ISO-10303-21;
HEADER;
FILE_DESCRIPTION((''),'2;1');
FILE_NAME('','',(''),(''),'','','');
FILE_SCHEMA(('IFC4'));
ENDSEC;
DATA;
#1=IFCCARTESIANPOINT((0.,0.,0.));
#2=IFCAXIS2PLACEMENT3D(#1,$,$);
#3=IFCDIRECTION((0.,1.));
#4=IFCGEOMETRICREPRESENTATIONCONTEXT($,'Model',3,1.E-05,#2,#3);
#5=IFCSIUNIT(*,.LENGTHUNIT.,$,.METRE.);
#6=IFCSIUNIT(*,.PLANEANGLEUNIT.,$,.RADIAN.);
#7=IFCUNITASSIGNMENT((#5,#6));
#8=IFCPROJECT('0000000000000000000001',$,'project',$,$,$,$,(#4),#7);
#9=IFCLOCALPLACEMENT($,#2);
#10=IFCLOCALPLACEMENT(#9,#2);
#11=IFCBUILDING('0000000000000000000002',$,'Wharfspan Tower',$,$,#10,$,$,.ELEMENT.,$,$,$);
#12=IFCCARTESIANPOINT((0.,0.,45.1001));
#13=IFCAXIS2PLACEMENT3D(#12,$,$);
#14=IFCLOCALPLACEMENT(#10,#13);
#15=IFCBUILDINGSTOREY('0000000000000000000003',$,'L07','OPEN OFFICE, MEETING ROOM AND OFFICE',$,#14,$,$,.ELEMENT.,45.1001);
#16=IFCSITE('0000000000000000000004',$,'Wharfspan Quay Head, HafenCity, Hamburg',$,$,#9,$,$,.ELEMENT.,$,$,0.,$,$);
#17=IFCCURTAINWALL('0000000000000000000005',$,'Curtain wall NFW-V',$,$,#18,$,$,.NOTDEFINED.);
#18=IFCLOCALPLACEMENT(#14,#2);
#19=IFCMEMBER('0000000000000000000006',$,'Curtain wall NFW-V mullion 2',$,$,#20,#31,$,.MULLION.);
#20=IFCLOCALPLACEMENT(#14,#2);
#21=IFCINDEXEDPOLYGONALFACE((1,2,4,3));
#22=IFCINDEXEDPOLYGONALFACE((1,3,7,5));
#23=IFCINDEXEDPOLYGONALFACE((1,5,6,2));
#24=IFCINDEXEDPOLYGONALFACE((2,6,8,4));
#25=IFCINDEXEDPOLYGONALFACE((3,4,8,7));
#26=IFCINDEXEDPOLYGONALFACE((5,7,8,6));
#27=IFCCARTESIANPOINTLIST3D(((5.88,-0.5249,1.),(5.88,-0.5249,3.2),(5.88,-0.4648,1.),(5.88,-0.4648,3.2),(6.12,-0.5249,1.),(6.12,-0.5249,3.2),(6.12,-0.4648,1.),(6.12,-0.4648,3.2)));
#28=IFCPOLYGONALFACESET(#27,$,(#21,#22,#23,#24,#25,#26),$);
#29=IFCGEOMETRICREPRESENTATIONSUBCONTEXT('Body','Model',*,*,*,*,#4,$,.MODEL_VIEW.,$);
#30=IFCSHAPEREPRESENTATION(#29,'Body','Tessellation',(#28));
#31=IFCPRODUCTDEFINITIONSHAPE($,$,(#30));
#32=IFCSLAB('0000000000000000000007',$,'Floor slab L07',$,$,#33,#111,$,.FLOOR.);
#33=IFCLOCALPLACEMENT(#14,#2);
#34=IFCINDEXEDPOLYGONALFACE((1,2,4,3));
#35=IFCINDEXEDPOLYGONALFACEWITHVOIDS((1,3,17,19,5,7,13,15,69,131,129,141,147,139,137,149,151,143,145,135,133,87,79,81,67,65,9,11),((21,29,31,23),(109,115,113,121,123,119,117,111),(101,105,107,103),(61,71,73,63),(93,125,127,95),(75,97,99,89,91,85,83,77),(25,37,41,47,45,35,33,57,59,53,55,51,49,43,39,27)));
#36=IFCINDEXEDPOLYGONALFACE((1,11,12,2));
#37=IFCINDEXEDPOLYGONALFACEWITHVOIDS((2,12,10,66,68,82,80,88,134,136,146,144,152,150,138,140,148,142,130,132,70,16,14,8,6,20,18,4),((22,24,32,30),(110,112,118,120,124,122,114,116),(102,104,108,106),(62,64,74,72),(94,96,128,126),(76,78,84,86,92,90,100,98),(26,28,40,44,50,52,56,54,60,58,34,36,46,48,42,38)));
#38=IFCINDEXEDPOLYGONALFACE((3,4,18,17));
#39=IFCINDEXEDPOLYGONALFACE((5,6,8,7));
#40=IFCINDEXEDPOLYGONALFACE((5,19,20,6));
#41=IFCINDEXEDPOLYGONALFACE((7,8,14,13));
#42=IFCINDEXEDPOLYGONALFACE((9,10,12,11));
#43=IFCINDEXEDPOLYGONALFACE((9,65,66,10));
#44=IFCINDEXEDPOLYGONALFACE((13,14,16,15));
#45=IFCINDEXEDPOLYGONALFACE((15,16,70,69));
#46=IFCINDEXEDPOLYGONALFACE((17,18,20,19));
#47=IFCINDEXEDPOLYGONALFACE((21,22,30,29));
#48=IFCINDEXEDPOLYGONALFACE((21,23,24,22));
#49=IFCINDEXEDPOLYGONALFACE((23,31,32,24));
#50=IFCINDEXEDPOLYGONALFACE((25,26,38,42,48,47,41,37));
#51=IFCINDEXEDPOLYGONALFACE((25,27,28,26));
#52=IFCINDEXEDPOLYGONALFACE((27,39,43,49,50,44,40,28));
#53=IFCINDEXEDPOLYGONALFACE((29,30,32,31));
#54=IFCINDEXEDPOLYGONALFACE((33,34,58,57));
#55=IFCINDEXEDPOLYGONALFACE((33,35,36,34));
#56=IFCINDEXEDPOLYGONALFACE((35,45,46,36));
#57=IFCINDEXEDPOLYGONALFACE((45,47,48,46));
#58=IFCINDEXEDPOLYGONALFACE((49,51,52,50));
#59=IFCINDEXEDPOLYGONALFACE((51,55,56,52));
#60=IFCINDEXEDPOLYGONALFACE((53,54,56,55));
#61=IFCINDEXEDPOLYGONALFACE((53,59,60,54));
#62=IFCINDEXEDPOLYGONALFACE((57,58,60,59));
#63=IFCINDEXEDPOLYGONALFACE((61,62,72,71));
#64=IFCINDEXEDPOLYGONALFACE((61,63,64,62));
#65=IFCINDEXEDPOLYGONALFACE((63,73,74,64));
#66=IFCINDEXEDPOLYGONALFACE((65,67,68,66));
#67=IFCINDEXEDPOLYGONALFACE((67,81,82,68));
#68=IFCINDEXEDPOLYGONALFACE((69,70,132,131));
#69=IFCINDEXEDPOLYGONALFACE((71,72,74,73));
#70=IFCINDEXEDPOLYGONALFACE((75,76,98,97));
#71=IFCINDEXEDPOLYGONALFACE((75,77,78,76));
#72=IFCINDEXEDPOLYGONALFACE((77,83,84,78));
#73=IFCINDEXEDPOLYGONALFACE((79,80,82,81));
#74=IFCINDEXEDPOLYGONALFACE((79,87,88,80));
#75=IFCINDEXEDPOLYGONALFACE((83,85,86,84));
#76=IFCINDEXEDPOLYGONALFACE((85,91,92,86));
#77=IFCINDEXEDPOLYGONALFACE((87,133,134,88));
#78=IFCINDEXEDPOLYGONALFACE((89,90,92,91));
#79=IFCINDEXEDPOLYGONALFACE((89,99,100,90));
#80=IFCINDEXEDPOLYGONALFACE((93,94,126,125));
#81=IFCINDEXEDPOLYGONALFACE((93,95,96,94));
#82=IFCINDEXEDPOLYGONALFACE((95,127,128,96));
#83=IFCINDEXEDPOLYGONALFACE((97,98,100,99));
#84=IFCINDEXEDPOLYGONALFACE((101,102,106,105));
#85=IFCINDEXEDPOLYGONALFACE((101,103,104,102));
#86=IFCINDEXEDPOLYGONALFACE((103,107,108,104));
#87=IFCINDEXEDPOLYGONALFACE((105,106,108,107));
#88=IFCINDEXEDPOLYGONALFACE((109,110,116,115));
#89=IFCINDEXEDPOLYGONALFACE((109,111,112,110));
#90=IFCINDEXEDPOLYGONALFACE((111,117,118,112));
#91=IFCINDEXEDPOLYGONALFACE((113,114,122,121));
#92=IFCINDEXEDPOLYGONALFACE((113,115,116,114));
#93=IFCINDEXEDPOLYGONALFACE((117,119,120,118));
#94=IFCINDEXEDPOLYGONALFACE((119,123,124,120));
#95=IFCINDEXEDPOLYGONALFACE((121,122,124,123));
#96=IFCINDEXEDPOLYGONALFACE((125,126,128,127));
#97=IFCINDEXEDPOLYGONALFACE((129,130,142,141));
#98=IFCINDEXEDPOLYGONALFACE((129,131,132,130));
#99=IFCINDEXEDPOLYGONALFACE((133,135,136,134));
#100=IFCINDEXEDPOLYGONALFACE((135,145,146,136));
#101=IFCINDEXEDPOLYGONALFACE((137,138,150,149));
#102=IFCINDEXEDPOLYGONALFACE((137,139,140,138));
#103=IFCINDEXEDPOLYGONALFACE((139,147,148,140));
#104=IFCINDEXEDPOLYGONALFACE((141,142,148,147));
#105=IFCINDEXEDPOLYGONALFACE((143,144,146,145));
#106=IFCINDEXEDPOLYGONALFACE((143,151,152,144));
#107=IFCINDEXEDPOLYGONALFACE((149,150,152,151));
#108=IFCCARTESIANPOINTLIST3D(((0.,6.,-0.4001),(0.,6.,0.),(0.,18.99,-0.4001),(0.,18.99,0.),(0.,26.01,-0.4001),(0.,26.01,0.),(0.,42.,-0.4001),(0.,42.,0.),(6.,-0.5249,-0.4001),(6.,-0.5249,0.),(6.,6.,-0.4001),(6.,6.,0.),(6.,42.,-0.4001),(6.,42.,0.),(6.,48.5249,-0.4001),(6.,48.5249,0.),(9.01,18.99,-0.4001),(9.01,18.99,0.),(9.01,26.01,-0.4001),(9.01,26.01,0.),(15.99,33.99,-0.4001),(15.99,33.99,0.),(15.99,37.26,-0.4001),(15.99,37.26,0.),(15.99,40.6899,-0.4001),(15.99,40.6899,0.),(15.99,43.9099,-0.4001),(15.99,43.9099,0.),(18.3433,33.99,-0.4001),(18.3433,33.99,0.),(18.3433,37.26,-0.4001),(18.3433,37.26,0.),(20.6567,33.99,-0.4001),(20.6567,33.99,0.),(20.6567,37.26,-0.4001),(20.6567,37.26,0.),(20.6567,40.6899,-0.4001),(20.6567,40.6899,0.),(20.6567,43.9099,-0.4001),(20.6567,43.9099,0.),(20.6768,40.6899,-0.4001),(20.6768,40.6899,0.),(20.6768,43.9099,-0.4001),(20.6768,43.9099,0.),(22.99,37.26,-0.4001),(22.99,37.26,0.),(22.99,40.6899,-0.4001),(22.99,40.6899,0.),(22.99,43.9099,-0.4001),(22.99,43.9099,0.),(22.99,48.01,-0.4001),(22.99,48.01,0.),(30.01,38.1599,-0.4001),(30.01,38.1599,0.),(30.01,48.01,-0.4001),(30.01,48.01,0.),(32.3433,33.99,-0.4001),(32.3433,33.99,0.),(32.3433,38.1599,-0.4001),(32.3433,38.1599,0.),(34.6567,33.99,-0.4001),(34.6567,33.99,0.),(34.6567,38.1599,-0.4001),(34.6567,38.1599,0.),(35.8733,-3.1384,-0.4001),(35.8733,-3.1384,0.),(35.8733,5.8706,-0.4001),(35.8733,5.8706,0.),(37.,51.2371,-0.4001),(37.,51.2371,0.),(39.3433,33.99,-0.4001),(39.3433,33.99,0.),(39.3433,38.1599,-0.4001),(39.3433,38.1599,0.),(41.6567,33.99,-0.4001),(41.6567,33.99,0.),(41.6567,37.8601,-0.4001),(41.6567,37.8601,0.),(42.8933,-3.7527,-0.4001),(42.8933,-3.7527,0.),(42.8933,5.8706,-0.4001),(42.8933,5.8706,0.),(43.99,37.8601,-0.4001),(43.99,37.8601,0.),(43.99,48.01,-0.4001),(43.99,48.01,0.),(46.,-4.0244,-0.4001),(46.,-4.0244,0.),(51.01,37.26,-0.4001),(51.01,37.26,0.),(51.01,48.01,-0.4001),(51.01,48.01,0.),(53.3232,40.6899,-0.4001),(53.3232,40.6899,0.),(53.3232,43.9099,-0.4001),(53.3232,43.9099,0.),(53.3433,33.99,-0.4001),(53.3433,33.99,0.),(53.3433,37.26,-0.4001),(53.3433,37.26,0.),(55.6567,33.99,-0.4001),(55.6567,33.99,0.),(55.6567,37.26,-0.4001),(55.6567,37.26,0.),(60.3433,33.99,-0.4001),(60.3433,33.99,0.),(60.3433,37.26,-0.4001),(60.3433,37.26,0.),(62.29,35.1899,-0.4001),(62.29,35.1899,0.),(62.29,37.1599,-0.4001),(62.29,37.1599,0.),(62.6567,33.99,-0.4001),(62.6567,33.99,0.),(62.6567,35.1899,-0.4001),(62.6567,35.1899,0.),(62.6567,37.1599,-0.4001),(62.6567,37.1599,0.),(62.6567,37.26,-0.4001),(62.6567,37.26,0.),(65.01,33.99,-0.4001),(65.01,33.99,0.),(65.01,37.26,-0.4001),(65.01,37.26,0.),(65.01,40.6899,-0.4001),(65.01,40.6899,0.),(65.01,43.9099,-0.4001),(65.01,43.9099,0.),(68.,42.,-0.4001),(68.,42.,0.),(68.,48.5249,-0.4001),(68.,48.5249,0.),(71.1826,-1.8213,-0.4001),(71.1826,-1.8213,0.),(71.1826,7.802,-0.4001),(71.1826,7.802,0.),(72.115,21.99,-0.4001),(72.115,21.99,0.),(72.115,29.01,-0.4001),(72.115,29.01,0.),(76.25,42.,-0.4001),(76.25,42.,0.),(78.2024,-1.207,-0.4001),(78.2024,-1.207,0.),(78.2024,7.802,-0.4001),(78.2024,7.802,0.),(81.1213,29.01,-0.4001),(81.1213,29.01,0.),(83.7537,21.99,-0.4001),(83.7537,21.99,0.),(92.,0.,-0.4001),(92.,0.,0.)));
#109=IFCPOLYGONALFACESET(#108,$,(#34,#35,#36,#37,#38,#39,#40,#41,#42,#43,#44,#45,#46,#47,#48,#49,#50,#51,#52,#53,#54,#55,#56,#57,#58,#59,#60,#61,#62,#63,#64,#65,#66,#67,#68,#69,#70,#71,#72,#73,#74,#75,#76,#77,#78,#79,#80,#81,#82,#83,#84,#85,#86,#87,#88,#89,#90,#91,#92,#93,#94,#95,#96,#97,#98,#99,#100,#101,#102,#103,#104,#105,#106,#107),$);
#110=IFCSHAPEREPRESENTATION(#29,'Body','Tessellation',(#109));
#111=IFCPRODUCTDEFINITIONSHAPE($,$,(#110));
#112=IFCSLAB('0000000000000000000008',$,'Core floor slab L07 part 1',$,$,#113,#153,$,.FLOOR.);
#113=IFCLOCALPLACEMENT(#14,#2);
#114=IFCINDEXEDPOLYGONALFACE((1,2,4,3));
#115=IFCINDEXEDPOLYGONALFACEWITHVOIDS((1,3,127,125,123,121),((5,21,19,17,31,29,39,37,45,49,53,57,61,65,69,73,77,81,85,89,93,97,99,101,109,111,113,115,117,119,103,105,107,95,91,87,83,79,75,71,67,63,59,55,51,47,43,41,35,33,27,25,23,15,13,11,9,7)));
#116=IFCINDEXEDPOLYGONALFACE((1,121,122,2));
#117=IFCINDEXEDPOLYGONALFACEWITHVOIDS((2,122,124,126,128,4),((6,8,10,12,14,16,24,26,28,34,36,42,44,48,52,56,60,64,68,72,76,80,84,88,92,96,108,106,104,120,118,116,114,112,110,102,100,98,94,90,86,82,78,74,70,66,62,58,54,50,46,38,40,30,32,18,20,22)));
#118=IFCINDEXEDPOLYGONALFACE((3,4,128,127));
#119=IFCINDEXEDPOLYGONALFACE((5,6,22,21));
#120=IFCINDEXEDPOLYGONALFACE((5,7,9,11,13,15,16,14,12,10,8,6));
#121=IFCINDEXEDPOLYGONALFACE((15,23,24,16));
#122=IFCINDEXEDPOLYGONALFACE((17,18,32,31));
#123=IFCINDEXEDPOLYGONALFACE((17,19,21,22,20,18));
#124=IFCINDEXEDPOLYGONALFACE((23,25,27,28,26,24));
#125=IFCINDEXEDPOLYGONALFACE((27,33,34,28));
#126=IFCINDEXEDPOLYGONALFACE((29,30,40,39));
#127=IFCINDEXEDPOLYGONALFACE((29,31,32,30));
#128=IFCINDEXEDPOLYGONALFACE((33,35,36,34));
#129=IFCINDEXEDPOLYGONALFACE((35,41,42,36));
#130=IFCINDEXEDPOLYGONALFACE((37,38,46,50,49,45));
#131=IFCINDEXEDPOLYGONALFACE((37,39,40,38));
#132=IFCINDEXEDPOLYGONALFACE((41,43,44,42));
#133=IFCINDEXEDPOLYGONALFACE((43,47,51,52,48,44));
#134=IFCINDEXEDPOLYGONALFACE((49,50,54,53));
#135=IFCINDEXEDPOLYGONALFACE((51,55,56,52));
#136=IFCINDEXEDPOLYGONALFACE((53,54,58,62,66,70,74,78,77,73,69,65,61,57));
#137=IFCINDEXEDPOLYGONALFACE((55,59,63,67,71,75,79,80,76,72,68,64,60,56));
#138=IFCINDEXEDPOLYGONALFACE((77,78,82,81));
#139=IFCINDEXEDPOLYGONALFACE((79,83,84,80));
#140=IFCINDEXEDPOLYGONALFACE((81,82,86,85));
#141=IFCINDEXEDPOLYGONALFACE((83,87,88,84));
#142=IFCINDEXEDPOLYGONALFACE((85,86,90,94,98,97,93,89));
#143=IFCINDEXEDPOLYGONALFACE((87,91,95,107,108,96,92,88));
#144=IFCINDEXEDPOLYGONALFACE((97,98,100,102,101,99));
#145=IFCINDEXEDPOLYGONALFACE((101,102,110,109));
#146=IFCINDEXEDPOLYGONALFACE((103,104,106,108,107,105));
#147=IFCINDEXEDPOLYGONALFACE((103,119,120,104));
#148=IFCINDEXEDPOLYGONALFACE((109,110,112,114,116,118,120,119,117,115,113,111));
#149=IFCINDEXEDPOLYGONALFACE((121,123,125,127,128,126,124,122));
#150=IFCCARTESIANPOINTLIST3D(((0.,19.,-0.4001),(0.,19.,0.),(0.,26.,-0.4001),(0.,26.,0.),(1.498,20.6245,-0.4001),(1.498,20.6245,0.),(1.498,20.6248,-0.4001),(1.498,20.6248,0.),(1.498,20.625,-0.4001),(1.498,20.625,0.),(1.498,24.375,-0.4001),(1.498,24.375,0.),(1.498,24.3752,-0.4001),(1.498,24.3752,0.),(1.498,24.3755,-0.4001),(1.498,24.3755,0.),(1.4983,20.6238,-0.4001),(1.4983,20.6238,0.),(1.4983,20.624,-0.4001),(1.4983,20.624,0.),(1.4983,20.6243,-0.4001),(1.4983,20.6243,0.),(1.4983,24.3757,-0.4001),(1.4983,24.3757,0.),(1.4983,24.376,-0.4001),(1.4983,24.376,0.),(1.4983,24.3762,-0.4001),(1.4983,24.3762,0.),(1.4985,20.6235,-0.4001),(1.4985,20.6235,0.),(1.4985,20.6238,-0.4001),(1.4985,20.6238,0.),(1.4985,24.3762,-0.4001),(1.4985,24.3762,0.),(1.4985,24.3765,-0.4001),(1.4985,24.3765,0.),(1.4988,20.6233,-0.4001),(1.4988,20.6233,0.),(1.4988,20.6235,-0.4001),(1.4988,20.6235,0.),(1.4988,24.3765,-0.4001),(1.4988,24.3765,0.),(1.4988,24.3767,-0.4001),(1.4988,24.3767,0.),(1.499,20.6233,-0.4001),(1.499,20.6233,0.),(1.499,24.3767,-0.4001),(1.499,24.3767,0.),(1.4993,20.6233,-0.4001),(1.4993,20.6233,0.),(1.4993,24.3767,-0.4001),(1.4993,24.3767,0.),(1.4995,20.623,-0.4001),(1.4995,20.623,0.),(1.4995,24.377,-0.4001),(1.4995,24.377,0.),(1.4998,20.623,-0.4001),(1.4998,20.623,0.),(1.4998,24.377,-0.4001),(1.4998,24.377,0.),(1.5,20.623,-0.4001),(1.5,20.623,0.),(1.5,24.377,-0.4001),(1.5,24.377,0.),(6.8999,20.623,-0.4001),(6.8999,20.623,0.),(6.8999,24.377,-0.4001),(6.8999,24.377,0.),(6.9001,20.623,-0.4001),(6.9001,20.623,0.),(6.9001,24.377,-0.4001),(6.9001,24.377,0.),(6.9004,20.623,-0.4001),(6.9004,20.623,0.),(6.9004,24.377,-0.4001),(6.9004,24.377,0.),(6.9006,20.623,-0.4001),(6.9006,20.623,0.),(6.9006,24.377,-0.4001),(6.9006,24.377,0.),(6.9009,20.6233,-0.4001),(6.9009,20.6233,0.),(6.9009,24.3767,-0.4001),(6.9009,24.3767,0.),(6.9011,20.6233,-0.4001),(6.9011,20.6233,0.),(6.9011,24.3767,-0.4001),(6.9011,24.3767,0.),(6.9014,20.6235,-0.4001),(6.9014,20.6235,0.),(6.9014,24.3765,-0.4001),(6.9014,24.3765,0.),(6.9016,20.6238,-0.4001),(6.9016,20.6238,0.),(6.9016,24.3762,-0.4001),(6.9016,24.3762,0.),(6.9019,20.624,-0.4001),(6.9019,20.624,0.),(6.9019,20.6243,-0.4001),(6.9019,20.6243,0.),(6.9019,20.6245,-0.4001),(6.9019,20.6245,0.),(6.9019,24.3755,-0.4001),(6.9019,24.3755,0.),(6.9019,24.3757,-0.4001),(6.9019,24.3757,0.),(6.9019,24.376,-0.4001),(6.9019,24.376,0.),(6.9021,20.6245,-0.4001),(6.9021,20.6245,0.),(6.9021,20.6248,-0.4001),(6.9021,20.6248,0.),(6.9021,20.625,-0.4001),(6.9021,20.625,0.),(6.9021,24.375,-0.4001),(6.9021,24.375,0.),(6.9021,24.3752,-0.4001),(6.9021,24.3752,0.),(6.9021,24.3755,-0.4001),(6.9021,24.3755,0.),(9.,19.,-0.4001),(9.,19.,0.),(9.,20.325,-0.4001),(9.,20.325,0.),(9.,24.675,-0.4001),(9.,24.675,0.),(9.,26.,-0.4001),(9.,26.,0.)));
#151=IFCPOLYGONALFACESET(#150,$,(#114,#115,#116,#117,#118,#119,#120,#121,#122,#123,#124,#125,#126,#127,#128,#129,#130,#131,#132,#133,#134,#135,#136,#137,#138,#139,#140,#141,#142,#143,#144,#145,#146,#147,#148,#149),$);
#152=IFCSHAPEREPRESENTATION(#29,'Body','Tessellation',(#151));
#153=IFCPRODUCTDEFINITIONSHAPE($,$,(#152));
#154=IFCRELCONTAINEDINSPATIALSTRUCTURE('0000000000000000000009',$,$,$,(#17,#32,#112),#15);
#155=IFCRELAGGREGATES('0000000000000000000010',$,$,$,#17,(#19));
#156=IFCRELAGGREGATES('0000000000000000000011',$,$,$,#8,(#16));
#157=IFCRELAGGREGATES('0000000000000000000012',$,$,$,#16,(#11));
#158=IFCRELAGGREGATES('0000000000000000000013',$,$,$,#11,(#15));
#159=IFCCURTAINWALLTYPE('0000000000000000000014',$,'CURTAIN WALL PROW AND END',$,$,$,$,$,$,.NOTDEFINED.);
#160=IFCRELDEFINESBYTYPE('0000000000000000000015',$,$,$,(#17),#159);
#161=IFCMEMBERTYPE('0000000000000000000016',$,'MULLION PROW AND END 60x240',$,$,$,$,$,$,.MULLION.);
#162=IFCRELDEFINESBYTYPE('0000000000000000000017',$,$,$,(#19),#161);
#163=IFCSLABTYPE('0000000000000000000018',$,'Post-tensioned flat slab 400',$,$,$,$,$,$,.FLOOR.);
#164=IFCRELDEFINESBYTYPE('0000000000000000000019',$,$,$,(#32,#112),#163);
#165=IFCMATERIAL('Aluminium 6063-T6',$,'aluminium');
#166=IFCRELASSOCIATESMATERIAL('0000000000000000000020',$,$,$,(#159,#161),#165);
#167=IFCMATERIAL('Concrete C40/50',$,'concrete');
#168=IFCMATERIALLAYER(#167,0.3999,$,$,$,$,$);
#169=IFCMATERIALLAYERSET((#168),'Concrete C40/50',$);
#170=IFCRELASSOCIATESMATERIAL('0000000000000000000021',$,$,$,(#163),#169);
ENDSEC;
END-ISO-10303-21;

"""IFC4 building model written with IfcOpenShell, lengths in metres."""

from ifc_helpers import new_model, si_unit, direction, frame, origin, origin_2d, place, context, subcontext, project, spatial, polyline, rectangle, outline, extrude, material, layer, layer_set, material_profile, profile_set, type_object, element, aggregate, save


model = new_model("IFC4")

# Units and contexts
model_context = context("Model", 3, precision=1e-05, world=origin(), true_north=direction((0.0, 1.0)))
body_context = subcontext(model_context, "Body", "Model", "MODEL_VIEW")
ifc_project = project(units=[si_unit("LENGTHUNIT", "METRE"), si_unit("PLANEANGLEUNIT", "RADIAN")], contexts=[model_context])

# Site, building, storey
site_placement = place(None, origin())
site = spatial("IfcSite", under=ifc_project, at=site_placement, Name="Wharfspan Quay Head, HafenCity, Hamburg", CompositionType="ELEMENT", RefElevation=0.0)
building_placement = place(site_placement, origin())
building = spatial("IfcBuilding", under=site, at=building_placement, Name="Wharfspan Tower", CompositionType="ELEMENT")
storey_placement = place(building_placement, frame((0.0, 0.0, 45.1001)))
storey = spatial("IfcBuildingStorey", under=building, at=storey_placement, Name="L07", Description="OPEN OFFICE, MEETING ROOM AND OFFICE", CompositionType="ELEMENT", Elevation=45.1001)

# Curtain wall, member
ifc_material_1 = material(Name="Aluminium 6063-T6", Category="aluminium")
curtain_wall_type = type_object("IfcCurtainWallType", Name="CURTAIN WALL PROW AND END", PredefinedType="NOTDEFINED", material=ifc_material_1)
curtain_wall_placement = place(storey_placement, origin())
curtain_wall = element("IfcCurtainWall", 1, at=curtain_wall_placement, inside=storey, type_object=curtain_wall_type, Name="Curtain wall NFW-V", PredefinedType="NOTDEFINED")
ifc_material_profile = material_profile(ifc_material_1, rectangle(XDim=0.24, YDim=0.0601, at=origin_2d()))
ifc_profile_set = profile_set([ifc_material_profile], Name="Aluminium 6063-T6")
member_type = type_object("IfcMemberType", Name="MULLION PROW AND END 60x240", PredefinedType="MULLION", material=ifc_profile_set)
member_placement = place(storey_placement, frame((6.0, -0.4949, 1.0), z_axis=(0.0, 0.0, 1.0), x_axis=(1.0, 0.0, 0.0)))
member = element("IfcMember", 2, at=member_placement, type_object=member_type, Name="Curtain wall NFW-V mullion 2", PredefinedType="MULLION", context=body_context, shape_type="SweptSolid", body=[
    extrude(rectangle(XDim=0.24, YDim=0.0601, at=origin_2d()), origin(), (0.0, 0.0, 1.0), 2.2),
])
aggregate(curtain_wall, [member])

# Slabs
ifc_material_2 = material(Name="Concrete C40/50", Category="concrete")
ifc_layer_1 = layer(ifc_material_2, 0.3999)
ifc_layer_set_1 = layer_set([ifc_layer_1], Name="Concrete C40/50")
slab_type_1 = type_object("IfcSlabType", Name="Post-tensioned flat slab 400", PredefinedType="FLOOR", material=ifc_layer_set_1)
slab_1_placement = place(storey_placement, frame((0.0, 0.0, -0.4001)))
element("IfcSlab", 3, at=slab_1_placement, inside=storey, type_object=slab_type_1, Name="Floor slab L07", PredefinedType="FLOOR", context=body_context, shape_type="SweptSolid", body=[
    extrude(outline(polyline([(35.8733, -3.1384), (35.8733, 5.8706), (42.8933, 5.8706), (42.8933, -3.7527), (46.0, -4.0244), (71.1826, -1.8213), (71.1826, 7.802), (78.2024, 7.802), (78.2024, -1.207), (92.0, 0.0), (83.7537, 21.99), (72.115, 21.99), (72.115, 29.01), (81.1213, 29.01), (76.25, 42.0), (68.0, 42.0), (68.0, 48.5249), (37.0, 51.2371), (6.0, 48.5249), (6.0, 42.0), (0.0, 42.0), (0.0, 26.01), (9.01, 26.01), (9.01, 18.99), (0.0, 18.99), (0.0, 6.0), (6.0, 6.0), (6.0, -0.5249), (35.8733, -3.1384)]), holes=[polyline([(62.29, 37.1599), (62.6567, 37.1599), (62.6567, 37.26), (65.01, 37.26), (65.01, 33.99), (62.6567, 33.99), (62.6567, 35.1899), (62.29, 35.1899), (62.29, 37.1599)]), polyline([(65.01, 43.9099), (65.01, 40.6899), (53.3232, 40.6899), (53.3232, 43.9099), (65.01, 43.9099)]), polyline([(55.6567, 33.99), (55.6567, 37.26), (60.3433, 37.26), (60.3433, 33.99), (55.6567, 33.99)]), polyline([(43.99, 37.8601), (43.99, 48.01), (51.01, 48.01), (51.01, 37.26), (53.3433, 37.26), (53.3433, 33.99), (41.6567, 33.99), (41.6567, 37.8601), (43.99, 37.8601)]), polyline([(34.6567, 33.99), (34.6567, 38.1599), (39.3433, 38.1599), (39.3433, 33.99), (34.6567, 33.99)]), polyline([(15.99, 40.6899), (15.99, 43.9099), (20.6567, 43.9099), (20.6768, 43.9099), (22.99, 43.9099), (22.99, 48.01), (30.01, 48.01), (30.01, 38.1599), (32.3433, 38.1599), (32.3433, 33.99), (20.6567, 33.99), (20.6567, 37.26), (22.99, 37.26), (22.99, 40.6899), (20.6768, 40.6899), (20.6567, 40.6899), (15.99, 40.6899)]), polyline([(18.3433, 37.26), (18.3433, 33.99), (15.99, 33.99), (15.99, 37.26), (18.3433, 37.26)])]), origin(), (0.0, 0.0, 1.0), 0.4001),
])
slab_2_placement = place(storey_placement, frame((0.0, 0.0, -0.4001)))
element("IfcSlab", 4, at=slab_2_placement, inside=storey, type_object=slab_type_1, Name="Core floor slab L07 part 1", PredefinedType="FLOOR", context=body_context, shape_type="SweptSolid", body=[
    extrude(outline(polyline([(9.0, 20.325), (9.0, 24.675), (9.0, 26.0), (0.0, 26.0), (0.0, 19.0), (9.0, 19.0), (9.0, 20.325)]), holes=[polyline([(6.9021, 20.625), (6.9021, 20.6248), (6.9021, 20.6245), (6.9019, 20.6245), (6.9019, 20.6243), (6.9019, 20.624), (6.9016, 20.6238), (6.9016, 20.6238), (6.9014, 20.6235), (6.9014, 20.6235), (6.9011, 20.6233), (6.9009, 20.6233), (6.9009, 20.6233), (6.9006, 20.623), (6.9004, 20.623), (6.9001, 20.623), (6.8999, 20.623), (1.5, 20.623), (1.4998, 20.623), (1.4995, 20.623), (1.4995, 20.623), (1.4993, 20.6233), (1.499, 20.6233), (1.4988, 20.6233), (1.4988, 20.6235), (1.4985, 20.6235), (1.4985, 20.6238), (1.4983, 20.6238), (1.4983, 20.624), (1.4983, 20.6243), (1.498, 20.6245), (1.498, 20.6245), (1.498, 20.6248), (1.498, 20.625), (1.498, 24.375), (1.498, 24.3752), (1.498, 24.3755), (1.498, 24.3755), (1.4983, 24.3757), (1.4983, 24.376), (1.4983, 24.3762), (1.4985, 24.3762), (1.4985, 24.3765), (1.4988, 24.3765), (1.4988, 24.3767), (1.499, 24.3767), (1.4993, 24.3767), (1.4995, 24.377), (1.4995, 24.377), (1.4998, 24.377), (1.5, 24.377), (6.8999, 24.377), (6.9001, 24.377), (6.9004, 24.377), (6.9006, 24.377), (6.9009, 24.3767), (6.9009, 24.3767), (6.9011, 24.3767), (6.9014, 24.3765), (6.9014, 24.3765), (6.9016, 24.3762), (6.9016, 24.3762), (6.9019, 24.376), (6.9019, 24.3757), (6.9019, 24.3755), (6.9021, 24.3755), (6.9021, 24.3752), (6.9021, 24.375), (6.9021, 20.625)])]), origin(), (0.0, 0.0, 1.0), 0.4001),
])

save(model, "model.ifc")
